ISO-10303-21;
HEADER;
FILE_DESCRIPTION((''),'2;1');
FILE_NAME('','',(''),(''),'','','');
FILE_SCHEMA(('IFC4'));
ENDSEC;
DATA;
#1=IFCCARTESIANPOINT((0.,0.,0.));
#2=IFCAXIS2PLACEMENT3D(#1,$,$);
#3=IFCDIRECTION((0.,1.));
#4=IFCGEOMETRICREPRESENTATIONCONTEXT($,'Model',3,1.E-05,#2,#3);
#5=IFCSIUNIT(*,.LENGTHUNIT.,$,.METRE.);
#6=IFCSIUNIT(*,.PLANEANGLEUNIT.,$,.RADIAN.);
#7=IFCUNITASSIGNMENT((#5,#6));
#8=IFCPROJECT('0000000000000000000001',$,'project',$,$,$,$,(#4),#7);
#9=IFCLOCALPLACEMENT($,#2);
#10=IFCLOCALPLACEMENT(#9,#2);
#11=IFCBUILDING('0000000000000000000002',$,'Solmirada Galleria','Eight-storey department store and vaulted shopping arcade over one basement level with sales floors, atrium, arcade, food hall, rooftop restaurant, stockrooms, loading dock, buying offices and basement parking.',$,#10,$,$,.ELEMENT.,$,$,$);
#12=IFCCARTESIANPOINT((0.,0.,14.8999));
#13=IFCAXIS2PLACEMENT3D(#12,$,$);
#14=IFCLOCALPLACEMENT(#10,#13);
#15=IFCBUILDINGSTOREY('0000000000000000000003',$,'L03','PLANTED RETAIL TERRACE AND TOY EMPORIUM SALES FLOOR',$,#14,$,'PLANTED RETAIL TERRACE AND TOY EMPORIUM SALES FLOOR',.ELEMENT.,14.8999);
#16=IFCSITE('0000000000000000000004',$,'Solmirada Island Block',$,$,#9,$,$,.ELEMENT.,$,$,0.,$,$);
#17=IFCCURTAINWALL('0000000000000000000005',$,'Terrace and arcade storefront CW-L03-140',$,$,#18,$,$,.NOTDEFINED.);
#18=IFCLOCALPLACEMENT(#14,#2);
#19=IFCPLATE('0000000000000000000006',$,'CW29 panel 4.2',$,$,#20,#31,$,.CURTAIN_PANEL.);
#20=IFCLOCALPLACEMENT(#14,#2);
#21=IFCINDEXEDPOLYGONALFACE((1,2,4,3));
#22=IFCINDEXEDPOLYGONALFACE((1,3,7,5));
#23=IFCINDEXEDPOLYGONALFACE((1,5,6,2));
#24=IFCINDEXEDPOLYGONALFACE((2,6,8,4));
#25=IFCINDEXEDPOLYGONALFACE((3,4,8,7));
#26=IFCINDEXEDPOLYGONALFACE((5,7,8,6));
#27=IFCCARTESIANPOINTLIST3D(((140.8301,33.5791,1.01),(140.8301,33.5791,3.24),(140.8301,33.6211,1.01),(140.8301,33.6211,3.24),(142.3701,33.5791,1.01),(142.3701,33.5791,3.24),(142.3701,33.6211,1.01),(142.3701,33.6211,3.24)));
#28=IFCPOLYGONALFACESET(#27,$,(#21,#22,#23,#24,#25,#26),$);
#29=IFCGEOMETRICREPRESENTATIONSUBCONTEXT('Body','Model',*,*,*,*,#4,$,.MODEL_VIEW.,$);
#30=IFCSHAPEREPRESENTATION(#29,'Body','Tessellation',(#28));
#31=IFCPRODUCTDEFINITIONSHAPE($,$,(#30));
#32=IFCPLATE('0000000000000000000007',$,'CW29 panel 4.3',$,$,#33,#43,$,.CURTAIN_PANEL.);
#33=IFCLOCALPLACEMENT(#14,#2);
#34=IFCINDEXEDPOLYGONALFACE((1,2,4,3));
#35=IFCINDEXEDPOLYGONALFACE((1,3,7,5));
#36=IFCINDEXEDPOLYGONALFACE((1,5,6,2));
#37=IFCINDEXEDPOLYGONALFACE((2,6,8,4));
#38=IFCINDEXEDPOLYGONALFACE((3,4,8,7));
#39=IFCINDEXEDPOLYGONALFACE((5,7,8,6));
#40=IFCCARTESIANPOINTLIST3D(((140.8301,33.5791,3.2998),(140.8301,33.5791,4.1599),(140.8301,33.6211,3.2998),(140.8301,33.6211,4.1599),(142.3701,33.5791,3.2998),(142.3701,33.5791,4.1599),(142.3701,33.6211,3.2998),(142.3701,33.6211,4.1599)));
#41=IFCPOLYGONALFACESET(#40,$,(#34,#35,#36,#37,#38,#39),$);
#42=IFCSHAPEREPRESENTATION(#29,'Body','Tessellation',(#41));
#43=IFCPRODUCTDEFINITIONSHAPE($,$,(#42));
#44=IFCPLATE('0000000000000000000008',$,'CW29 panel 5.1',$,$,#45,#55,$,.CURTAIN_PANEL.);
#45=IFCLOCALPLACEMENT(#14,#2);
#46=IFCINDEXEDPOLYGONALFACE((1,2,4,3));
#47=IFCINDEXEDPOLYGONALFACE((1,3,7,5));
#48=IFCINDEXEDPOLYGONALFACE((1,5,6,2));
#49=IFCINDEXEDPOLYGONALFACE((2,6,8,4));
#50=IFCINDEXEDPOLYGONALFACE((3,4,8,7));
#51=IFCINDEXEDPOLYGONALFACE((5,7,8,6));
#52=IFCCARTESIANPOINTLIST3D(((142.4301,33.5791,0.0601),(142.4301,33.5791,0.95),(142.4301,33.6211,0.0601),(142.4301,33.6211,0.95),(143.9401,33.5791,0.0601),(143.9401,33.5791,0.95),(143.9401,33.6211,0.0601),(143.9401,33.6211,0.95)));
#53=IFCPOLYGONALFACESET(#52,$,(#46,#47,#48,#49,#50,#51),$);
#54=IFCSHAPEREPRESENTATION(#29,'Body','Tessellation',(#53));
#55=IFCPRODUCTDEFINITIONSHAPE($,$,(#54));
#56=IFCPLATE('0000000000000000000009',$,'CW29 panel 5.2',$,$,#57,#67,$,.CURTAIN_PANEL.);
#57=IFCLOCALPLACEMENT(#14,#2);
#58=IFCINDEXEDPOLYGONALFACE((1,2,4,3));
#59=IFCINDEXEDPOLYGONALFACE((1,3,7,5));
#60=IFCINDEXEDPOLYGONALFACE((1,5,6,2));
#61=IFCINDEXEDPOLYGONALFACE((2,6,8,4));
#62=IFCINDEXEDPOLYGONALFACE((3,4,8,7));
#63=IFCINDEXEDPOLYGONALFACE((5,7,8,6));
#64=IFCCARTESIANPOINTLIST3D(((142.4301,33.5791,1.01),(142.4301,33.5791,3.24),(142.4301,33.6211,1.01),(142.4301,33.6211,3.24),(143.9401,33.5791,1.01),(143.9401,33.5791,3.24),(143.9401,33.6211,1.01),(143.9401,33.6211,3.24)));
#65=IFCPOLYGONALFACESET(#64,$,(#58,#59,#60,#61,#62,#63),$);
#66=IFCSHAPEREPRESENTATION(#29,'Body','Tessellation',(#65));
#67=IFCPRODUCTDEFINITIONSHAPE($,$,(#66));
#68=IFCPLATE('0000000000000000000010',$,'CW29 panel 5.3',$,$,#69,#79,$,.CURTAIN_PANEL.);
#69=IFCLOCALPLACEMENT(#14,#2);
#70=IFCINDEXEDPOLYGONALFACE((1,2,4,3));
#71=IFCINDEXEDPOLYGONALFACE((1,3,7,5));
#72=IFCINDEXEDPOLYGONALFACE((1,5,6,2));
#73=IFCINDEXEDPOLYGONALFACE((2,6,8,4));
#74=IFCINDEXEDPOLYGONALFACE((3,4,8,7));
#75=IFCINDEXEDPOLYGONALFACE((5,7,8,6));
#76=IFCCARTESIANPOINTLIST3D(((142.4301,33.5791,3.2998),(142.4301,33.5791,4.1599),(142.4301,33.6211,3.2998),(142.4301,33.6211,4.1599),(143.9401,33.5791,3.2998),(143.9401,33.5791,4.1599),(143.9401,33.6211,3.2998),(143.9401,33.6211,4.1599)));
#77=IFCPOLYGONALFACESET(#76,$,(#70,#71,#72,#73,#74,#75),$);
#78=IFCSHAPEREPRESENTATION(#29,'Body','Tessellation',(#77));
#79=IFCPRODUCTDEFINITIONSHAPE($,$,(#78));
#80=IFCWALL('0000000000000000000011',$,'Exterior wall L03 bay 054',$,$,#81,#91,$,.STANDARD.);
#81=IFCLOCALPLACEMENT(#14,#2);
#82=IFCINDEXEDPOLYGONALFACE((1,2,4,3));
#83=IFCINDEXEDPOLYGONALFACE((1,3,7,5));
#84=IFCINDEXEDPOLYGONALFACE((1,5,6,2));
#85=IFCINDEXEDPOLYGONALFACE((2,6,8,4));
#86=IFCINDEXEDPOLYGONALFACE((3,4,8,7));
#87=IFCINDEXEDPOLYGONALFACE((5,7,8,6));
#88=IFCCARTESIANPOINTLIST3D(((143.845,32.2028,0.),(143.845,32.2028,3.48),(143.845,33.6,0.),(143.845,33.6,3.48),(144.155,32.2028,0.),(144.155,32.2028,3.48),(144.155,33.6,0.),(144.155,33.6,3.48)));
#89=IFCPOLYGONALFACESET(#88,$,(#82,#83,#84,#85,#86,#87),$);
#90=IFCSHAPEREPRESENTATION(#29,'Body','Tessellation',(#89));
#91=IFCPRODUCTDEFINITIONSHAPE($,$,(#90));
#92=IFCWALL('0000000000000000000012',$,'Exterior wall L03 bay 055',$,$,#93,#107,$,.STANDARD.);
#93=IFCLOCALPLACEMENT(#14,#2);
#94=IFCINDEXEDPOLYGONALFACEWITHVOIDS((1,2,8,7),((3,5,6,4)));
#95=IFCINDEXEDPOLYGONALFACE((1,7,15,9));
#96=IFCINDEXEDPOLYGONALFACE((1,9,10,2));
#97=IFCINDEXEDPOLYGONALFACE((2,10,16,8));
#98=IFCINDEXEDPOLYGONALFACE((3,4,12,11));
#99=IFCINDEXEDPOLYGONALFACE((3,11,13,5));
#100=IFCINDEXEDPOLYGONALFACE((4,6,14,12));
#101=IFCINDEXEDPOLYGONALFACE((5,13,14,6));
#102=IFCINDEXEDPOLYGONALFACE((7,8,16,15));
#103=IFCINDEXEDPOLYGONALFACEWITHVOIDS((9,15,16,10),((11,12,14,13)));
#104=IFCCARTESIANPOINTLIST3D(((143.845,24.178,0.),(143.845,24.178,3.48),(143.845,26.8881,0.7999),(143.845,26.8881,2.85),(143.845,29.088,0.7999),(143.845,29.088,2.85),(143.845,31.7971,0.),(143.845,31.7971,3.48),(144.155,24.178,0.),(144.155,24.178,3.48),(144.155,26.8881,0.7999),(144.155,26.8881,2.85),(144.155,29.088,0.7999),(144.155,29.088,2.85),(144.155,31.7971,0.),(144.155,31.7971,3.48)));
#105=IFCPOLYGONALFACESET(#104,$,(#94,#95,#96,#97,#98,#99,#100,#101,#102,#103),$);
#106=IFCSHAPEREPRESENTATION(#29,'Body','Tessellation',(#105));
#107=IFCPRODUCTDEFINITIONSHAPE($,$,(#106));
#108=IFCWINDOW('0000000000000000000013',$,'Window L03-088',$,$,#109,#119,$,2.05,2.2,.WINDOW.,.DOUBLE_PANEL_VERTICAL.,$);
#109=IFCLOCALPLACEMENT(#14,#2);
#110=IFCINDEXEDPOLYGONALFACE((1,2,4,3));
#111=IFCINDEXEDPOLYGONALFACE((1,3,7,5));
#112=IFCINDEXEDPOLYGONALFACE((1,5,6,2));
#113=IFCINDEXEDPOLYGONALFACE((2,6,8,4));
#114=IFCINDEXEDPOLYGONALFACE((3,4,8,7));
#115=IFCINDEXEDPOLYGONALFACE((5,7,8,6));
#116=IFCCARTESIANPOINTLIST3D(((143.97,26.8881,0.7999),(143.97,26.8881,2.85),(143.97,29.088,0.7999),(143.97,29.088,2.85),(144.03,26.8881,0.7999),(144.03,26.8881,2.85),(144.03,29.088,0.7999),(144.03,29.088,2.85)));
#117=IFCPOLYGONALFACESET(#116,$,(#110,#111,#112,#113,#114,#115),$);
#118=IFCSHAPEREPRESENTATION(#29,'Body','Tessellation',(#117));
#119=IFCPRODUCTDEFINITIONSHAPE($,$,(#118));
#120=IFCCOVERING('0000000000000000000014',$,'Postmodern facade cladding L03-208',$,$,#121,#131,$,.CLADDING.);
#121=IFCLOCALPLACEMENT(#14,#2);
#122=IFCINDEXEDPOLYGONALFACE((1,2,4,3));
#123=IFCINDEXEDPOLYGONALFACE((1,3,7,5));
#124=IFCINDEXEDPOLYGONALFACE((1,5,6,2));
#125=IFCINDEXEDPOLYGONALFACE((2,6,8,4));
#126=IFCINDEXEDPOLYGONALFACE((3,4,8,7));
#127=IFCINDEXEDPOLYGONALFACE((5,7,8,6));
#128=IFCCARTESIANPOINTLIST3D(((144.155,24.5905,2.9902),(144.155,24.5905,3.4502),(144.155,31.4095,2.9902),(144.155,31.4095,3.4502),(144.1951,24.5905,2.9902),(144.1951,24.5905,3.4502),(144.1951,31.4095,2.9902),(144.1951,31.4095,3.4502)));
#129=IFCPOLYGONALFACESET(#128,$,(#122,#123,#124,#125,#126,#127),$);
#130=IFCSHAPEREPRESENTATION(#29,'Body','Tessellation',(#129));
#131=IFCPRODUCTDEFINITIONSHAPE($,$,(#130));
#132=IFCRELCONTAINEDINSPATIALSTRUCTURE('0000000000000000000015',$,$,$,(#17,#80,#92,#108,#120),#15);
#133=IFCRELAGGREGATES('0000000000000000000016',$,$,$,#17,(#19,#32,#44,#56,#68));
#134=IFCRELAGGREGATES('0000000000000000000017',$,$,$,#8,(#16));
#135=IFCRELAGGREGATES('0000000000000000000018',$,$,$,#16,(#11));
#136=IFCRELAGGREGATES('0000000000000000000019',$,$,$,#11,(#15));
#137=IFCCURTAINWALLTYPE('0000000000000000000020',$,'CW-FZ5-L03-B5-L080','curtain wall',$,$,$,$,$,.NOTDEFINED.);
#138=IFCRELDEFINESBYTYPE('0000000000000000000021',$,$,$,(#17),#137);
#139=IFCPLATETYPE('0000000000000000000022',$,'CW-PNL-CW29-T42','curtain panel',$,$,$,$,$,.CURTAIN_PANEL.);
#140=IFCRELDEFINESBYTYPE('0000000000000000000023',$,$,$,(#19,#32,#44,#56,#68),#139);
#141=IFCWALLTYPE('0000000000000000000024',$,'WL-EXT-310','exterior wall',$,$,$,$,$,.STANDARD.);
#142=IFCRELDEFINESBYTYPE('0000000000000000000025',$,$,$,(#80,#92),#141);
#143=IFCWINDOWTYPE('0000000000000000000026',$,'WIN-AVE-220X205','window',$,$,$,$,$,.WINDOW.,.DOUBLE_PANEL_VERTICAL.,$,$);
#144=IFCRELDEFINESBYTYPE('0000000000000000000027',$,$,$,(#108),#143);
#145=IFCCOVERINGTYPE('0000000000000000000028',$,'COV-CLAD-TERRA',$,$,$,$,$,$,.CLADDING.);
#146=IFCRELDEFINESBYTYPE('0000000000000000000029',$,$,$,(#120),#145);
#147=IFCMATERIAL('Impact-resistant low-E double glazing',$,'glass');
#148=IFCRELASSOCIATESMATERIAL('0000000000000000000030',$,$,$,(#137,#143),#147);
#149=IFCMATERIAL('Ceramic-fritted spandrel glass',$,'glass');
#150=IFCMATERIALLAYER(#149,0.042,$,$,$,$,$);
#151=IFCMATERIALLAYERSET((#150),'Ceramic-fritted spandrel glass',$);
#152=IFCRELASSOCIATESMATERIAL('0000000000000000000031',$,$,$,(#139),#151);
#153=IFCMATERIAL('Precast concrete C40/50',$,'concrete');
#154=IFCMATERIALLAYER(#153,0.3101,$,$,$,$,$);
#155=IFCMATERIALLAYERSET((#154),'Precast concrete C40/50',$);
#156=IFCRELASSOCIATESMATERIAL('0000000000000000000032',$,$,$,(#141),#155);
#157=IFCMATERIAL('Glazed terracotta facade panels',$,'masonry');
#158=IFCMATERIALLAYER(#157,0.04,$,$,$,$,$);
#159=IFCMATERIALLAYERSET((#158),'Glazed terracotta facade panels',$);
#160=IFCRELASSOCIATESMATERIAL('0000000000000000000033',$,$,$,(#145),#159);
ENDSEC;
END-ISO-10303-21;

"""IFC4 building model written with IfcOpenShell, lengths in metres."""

from ifc_helpers import new_model, si_unit, direction, frame, frame_2d, origin, origin_2d, place, context, subcontext, project, spatial, rectangle, extrude, material, layer, layer_set, type_object, element, fill, aggregate, save


model = new_model("IFC4")

# Units and contexts
model_context = context("Model", 3, precision=1e-05, world=origin(), true_north=direction((0.0, 1.0)))
body_context = subcontext(model_context, "Body", "Model", "MODEL_VIEW")
ifc_project = project(units=[si_unit("LENGTHUNIT", "METRE"), si_unit("PLANEANGLEUNIT", "RADIAN")], contexts=[model_context])

# Site, building, storey
site_placement = place(None, origin())
site = spatial("IfcSite", under=ifc_project, at=site_placement, Name="Solmirada Island Block", CompositionType="ELEMENT", RefElevation=0.0)
building_placement = place(site_placement, origin())
building = spatial("IfcBuilding", under=site, at=building_placement, Name="Solmirada Galleria", Description="Eight-storey department store and vaulted shopping arcade over one basement level with sales floors, atrium, arcade, food hall, rooftop restaurant, stockrooms, loading dock, buying offices and basement parking.", CompositionType="ELEMENT")
storey_placement = place(building_placement, frame((0.0, 0.0, 14.8999)))
storey = spatial("IfcBuildingStorey", under=building, at=storey_placement, Name="L03", Description="PLANTED RETAIL TERRACE AND TOY EMPORIUM SALES FLOOR", LongName="PLANTED RETAIL TERRACE AND TOY EMPORIUM SALES FLOOR", CompositionType="ELEMENT", Elevation=14.8999)

# Curtain wall, plates
ifc_material_1 = material(Name="Impact-resistant low-E double glazing", Category="glass")
curtain_wall_type = type_object("IfcCurtainWallType", Name="CW-FZ5-L03-B5-L080", Description="curtain wall", PredefinedType="NOTDEFINED", material=ifc_material_1)
curtain_wall_placement = place(storey_placement, origin())
curtain_wall = element("IfcCurtainWall", 1, at=curtain_wall_placement, inside=storey, type_object=curtain_wall_type, Name="Terrace and arcade storefront CW-L03-140", PredefinedType="NOTDEFINED")
ifc_material_2 = material(Name="Ceramic-fritted spandrel glass", Category="glass")
ifc_layer_1 = layer(ifc_material_2, 0.042)
ifc_layer_set_1 = layer_set([ifc_layer_1], Name="Ceramic-fritted spandrel glass")
plate_type = type_object("IfcPlateType", Name="CW-PNL-CW29-T42", Description="curtain panel", PredefinedType="CURTAIN_PANEL", material=ifc_layer_set_1)
plate_1_placement = place(storey_placement, frame((141.6001, 33.6001, 1.01), z_axis=(0.0, 0.0, 1.0), x_axis=(1.0, 0.0, 0.0)))
plate_1 = element("IfcPlate", 2, at=plate_1_placement, type_object=plate_type, Name="CW29 panel 4.2", PredefinedType="CURTAIN_PANEL", context=body_context, shape_type="SweptSolid", body=[
    extrude(rectangle(XDim=1.54, YDim=0.042, at=origin_2d()), origin(), (0.0, 0.0, 1.0), 2.23),
])
plate_2_placement = place(storey_placement, frame((141.6001, 33.6001, 3.2998), z_axis=(0.0, 0.0, 1.0), x_axis=(1.0, 0.0, 0.0)))
plate_2 = element("IfcPlate", 3, at=plate_2_placement, type_object=plate_type, Name="CW29 panel 4.3", PredefinedType="CURTAIN_PANEL", context=body_context, shape_type="SweptSolid", body=[
    extrude(rectangle(XDim=1.54, YDim=0.042, at=origin_2d()), origin(), (0.0, 0.0, 1.0), 0.8601),
])
plate_3_placement = place(storey_placement, frame((143.1851, 33.6001, 0.0601), z_axis=(0.0, 0.0, 1.0), x_axis=(1.0, 0.0, 0.0)))
plate_3 = element("IfcPlate", 4, at=plate_3_placement, type_object=plate_type, Name="CW29 panel 5.1", PredefinedType="CURTAIN_PANEL", context=body_context, shape_type="SweptSolid", body=[
    extrude(rectangle(XDim=1.51, YDim=0.042, at=origin_2d()), origin(), (0.0, 0.0, 1.0), 0.8899),
])
plate_4_placement = place(storey_placement, frame((143.1851, 33.6001, 1.01), z_axis=(0.0, 0.0, 1.0), x_axis=(1.0, 0.0, 0.0)))
plate_4 = element("IfcPlate", 5, at=plate_4_placement, type_object=plate_type, Name="CW29 panel 5.2", PredefinedType="CURTAIN_PANEL", context=body_context, shape_type="SweptSolid", body=[
    extrude(rectangle(XDim=1.51, YDim=0.042, at=origin_2d()), origin(), (0.0, 0.0, 1.0), 2.23),
])
plate_5_placement = place(storey_placement, frame((143.1851, 33.6001, 3.2998), z_axis=(0.0, 0.0, 1.0), x_axis=(1.0, 0.0, 0.0)))
plate_5 = element("IfcPlate", 6, at=plate_5_placement, type_object=plate_type, Name="CW29 panel 5.3", PredefinedType="CURTAIN_PANEL", context=body_context, shape_type="SweptSolid", body=[
    extrude(rectangle(XDim=1.51, YDim=0.042, at=origin_2d()), origin(), (0.0, 0.0, 1.0), 0.8601),
])
aggregate(curtain_wall, [plate_1, plate_2, plate_3, plate_4, plate_5])

# Wall
ifc_material_3 = material(Name="Precast concrete C40/50", Category="concrete")
ifc_layer_2 = layer(ifc_material_3, 0.3101)
ifc_layer_set_2 = layer_set([ifc_layer_2], Name="Precast concrete C40/50")
wall_type = type_object("IfcWallType", Name="WL-EXT-310", Description="exterior wall", PredefinedType="STANDARD", material=ifc_layer_set_2)
wall_1_placement = place(storey_placement, frame((144.0, 33.6001, 0.0), z_axis=(0.0, 0.0, 1.0), x_axis=(0.0, -1.0, 0.0)))
element("IfcWall", 7, at=wall_1_placement, inside=storey, type_object=wall_type, Name="Exterior wall L03 bay 054", PredefinedType="STANDARD", context=body_context, shape_type="SweptSolid", body=[
    extrude(rectangle(XDim=1.3972, YDim=0.3101, at=frame_2d((0.6987, 0.0))), origin(), (0.0, 0.0, 1.0), 3.48),
])

# Wall, opening, window
wall_2_placement = place(storey_placement, frame((144.0, 31.7971, 0.0), z_axis=(0.0, 0.0, 1.0), x_axis=(0.0, -1.0, 0.0)))
wall_2 = element("IfcWall", 8, at=wall_2_placement, inside=storey, type_object=wall_type, Name="Exterior wall L03 bay 055", PredefinedType="STANDARD", context=body_context, shape_type="SweptSolid", body=[
    extrude(rectangle(XDim=7.6191, YDim=0.3101, at=frame_2d((3.8096, 0.0))), origin(), (0.0, 0.0, 1.0), 3.48),
])
opening_placement = place(wall_2_placement, frame((2.709, 0.0, 0.8)))
opening = element("IfcOpeningElement", 9, at=opening_placement, cuts=wall_2, PredefinedType="OPENING", context=body_context, shape_type="SweptSolid", body=[
    extrude(rectangle(XDim=2.2, YDim=2.05, at=frame_2d((1.1001, 1.0249))), frame((0.0, 0.165, 0.0), z_axis=(0.0, -1.0, 0.0), x_axis=(1.0, 0.0, 0.0)), (0.0, 0.0, 1.0), 0.3301),
])
window_type = type_object("IfcWindowType", Name="WIN-AVE-220X205", Description="window", PartitioningType="DOUBLE_PANEL_VERTICAL", PredefinedType="WINDOW", material=ifc_material_1)
window_placement = place(opening_placement, origin())
window = element("IfcWindow", 10, at=window_placement, inside=storey, type_object=window_type, Name="Window L03-088", OverallHeight=2.05, OverallWidth=2.2, PartitioningType="DOUBLE_PANEL_VERTICAL", PredefinedType="WINDOW", context=body_context, shape_type="SweptSolid", body=[
    extrude(rectangle(XDim=2.2, YDim=2.05, at=frame_2d((1.1001, 1.0249))), frame((0.0, 0.03, 0.0), z_axis=(0.0, -1.0, 0.0), x_axis=(1.0, 0.0, 0.0)), (0.0, 0.0, 1.0), 0.0601),
])
fill(opening, window)

# Covering
ifc_material_4 = material(Name="Glazed terracotta facade panels", Category="masonry")
ifc_layer_3 = layer(ifc_material_4, 0.04)
ifc_layer_set_3 = layer_set([ifc_layer_3], Name="Glazed terracotta facade panels")
covering_type = type_object("IfcCoveringType", Name="COV-CLAD-TERRA", PredefinedType="CLADDING", material=ifc_layer_set_3)
covering_placement = place(storey_placement, frame((144.175, 28.0, 2.9902), z_axis=(0.0, 0.0, 1.0), x_axis=(0.0, -1.0, 0.0)))
element("IfcCovering", 11, at=covering_placement, inside=storey, type_object=covering_type, Name="Postmodern facade cladding L03-208", PredefinedType="CLADDING", context=body_context, shape_type="SweptSolid", body=[
    extrude(rectangle(XDim=6.8191, YDim=0.04, at=origin_2d()), origin(), (0.0, 0.0, 1.0), 0.46),
])

save(model, "model.ifc")
